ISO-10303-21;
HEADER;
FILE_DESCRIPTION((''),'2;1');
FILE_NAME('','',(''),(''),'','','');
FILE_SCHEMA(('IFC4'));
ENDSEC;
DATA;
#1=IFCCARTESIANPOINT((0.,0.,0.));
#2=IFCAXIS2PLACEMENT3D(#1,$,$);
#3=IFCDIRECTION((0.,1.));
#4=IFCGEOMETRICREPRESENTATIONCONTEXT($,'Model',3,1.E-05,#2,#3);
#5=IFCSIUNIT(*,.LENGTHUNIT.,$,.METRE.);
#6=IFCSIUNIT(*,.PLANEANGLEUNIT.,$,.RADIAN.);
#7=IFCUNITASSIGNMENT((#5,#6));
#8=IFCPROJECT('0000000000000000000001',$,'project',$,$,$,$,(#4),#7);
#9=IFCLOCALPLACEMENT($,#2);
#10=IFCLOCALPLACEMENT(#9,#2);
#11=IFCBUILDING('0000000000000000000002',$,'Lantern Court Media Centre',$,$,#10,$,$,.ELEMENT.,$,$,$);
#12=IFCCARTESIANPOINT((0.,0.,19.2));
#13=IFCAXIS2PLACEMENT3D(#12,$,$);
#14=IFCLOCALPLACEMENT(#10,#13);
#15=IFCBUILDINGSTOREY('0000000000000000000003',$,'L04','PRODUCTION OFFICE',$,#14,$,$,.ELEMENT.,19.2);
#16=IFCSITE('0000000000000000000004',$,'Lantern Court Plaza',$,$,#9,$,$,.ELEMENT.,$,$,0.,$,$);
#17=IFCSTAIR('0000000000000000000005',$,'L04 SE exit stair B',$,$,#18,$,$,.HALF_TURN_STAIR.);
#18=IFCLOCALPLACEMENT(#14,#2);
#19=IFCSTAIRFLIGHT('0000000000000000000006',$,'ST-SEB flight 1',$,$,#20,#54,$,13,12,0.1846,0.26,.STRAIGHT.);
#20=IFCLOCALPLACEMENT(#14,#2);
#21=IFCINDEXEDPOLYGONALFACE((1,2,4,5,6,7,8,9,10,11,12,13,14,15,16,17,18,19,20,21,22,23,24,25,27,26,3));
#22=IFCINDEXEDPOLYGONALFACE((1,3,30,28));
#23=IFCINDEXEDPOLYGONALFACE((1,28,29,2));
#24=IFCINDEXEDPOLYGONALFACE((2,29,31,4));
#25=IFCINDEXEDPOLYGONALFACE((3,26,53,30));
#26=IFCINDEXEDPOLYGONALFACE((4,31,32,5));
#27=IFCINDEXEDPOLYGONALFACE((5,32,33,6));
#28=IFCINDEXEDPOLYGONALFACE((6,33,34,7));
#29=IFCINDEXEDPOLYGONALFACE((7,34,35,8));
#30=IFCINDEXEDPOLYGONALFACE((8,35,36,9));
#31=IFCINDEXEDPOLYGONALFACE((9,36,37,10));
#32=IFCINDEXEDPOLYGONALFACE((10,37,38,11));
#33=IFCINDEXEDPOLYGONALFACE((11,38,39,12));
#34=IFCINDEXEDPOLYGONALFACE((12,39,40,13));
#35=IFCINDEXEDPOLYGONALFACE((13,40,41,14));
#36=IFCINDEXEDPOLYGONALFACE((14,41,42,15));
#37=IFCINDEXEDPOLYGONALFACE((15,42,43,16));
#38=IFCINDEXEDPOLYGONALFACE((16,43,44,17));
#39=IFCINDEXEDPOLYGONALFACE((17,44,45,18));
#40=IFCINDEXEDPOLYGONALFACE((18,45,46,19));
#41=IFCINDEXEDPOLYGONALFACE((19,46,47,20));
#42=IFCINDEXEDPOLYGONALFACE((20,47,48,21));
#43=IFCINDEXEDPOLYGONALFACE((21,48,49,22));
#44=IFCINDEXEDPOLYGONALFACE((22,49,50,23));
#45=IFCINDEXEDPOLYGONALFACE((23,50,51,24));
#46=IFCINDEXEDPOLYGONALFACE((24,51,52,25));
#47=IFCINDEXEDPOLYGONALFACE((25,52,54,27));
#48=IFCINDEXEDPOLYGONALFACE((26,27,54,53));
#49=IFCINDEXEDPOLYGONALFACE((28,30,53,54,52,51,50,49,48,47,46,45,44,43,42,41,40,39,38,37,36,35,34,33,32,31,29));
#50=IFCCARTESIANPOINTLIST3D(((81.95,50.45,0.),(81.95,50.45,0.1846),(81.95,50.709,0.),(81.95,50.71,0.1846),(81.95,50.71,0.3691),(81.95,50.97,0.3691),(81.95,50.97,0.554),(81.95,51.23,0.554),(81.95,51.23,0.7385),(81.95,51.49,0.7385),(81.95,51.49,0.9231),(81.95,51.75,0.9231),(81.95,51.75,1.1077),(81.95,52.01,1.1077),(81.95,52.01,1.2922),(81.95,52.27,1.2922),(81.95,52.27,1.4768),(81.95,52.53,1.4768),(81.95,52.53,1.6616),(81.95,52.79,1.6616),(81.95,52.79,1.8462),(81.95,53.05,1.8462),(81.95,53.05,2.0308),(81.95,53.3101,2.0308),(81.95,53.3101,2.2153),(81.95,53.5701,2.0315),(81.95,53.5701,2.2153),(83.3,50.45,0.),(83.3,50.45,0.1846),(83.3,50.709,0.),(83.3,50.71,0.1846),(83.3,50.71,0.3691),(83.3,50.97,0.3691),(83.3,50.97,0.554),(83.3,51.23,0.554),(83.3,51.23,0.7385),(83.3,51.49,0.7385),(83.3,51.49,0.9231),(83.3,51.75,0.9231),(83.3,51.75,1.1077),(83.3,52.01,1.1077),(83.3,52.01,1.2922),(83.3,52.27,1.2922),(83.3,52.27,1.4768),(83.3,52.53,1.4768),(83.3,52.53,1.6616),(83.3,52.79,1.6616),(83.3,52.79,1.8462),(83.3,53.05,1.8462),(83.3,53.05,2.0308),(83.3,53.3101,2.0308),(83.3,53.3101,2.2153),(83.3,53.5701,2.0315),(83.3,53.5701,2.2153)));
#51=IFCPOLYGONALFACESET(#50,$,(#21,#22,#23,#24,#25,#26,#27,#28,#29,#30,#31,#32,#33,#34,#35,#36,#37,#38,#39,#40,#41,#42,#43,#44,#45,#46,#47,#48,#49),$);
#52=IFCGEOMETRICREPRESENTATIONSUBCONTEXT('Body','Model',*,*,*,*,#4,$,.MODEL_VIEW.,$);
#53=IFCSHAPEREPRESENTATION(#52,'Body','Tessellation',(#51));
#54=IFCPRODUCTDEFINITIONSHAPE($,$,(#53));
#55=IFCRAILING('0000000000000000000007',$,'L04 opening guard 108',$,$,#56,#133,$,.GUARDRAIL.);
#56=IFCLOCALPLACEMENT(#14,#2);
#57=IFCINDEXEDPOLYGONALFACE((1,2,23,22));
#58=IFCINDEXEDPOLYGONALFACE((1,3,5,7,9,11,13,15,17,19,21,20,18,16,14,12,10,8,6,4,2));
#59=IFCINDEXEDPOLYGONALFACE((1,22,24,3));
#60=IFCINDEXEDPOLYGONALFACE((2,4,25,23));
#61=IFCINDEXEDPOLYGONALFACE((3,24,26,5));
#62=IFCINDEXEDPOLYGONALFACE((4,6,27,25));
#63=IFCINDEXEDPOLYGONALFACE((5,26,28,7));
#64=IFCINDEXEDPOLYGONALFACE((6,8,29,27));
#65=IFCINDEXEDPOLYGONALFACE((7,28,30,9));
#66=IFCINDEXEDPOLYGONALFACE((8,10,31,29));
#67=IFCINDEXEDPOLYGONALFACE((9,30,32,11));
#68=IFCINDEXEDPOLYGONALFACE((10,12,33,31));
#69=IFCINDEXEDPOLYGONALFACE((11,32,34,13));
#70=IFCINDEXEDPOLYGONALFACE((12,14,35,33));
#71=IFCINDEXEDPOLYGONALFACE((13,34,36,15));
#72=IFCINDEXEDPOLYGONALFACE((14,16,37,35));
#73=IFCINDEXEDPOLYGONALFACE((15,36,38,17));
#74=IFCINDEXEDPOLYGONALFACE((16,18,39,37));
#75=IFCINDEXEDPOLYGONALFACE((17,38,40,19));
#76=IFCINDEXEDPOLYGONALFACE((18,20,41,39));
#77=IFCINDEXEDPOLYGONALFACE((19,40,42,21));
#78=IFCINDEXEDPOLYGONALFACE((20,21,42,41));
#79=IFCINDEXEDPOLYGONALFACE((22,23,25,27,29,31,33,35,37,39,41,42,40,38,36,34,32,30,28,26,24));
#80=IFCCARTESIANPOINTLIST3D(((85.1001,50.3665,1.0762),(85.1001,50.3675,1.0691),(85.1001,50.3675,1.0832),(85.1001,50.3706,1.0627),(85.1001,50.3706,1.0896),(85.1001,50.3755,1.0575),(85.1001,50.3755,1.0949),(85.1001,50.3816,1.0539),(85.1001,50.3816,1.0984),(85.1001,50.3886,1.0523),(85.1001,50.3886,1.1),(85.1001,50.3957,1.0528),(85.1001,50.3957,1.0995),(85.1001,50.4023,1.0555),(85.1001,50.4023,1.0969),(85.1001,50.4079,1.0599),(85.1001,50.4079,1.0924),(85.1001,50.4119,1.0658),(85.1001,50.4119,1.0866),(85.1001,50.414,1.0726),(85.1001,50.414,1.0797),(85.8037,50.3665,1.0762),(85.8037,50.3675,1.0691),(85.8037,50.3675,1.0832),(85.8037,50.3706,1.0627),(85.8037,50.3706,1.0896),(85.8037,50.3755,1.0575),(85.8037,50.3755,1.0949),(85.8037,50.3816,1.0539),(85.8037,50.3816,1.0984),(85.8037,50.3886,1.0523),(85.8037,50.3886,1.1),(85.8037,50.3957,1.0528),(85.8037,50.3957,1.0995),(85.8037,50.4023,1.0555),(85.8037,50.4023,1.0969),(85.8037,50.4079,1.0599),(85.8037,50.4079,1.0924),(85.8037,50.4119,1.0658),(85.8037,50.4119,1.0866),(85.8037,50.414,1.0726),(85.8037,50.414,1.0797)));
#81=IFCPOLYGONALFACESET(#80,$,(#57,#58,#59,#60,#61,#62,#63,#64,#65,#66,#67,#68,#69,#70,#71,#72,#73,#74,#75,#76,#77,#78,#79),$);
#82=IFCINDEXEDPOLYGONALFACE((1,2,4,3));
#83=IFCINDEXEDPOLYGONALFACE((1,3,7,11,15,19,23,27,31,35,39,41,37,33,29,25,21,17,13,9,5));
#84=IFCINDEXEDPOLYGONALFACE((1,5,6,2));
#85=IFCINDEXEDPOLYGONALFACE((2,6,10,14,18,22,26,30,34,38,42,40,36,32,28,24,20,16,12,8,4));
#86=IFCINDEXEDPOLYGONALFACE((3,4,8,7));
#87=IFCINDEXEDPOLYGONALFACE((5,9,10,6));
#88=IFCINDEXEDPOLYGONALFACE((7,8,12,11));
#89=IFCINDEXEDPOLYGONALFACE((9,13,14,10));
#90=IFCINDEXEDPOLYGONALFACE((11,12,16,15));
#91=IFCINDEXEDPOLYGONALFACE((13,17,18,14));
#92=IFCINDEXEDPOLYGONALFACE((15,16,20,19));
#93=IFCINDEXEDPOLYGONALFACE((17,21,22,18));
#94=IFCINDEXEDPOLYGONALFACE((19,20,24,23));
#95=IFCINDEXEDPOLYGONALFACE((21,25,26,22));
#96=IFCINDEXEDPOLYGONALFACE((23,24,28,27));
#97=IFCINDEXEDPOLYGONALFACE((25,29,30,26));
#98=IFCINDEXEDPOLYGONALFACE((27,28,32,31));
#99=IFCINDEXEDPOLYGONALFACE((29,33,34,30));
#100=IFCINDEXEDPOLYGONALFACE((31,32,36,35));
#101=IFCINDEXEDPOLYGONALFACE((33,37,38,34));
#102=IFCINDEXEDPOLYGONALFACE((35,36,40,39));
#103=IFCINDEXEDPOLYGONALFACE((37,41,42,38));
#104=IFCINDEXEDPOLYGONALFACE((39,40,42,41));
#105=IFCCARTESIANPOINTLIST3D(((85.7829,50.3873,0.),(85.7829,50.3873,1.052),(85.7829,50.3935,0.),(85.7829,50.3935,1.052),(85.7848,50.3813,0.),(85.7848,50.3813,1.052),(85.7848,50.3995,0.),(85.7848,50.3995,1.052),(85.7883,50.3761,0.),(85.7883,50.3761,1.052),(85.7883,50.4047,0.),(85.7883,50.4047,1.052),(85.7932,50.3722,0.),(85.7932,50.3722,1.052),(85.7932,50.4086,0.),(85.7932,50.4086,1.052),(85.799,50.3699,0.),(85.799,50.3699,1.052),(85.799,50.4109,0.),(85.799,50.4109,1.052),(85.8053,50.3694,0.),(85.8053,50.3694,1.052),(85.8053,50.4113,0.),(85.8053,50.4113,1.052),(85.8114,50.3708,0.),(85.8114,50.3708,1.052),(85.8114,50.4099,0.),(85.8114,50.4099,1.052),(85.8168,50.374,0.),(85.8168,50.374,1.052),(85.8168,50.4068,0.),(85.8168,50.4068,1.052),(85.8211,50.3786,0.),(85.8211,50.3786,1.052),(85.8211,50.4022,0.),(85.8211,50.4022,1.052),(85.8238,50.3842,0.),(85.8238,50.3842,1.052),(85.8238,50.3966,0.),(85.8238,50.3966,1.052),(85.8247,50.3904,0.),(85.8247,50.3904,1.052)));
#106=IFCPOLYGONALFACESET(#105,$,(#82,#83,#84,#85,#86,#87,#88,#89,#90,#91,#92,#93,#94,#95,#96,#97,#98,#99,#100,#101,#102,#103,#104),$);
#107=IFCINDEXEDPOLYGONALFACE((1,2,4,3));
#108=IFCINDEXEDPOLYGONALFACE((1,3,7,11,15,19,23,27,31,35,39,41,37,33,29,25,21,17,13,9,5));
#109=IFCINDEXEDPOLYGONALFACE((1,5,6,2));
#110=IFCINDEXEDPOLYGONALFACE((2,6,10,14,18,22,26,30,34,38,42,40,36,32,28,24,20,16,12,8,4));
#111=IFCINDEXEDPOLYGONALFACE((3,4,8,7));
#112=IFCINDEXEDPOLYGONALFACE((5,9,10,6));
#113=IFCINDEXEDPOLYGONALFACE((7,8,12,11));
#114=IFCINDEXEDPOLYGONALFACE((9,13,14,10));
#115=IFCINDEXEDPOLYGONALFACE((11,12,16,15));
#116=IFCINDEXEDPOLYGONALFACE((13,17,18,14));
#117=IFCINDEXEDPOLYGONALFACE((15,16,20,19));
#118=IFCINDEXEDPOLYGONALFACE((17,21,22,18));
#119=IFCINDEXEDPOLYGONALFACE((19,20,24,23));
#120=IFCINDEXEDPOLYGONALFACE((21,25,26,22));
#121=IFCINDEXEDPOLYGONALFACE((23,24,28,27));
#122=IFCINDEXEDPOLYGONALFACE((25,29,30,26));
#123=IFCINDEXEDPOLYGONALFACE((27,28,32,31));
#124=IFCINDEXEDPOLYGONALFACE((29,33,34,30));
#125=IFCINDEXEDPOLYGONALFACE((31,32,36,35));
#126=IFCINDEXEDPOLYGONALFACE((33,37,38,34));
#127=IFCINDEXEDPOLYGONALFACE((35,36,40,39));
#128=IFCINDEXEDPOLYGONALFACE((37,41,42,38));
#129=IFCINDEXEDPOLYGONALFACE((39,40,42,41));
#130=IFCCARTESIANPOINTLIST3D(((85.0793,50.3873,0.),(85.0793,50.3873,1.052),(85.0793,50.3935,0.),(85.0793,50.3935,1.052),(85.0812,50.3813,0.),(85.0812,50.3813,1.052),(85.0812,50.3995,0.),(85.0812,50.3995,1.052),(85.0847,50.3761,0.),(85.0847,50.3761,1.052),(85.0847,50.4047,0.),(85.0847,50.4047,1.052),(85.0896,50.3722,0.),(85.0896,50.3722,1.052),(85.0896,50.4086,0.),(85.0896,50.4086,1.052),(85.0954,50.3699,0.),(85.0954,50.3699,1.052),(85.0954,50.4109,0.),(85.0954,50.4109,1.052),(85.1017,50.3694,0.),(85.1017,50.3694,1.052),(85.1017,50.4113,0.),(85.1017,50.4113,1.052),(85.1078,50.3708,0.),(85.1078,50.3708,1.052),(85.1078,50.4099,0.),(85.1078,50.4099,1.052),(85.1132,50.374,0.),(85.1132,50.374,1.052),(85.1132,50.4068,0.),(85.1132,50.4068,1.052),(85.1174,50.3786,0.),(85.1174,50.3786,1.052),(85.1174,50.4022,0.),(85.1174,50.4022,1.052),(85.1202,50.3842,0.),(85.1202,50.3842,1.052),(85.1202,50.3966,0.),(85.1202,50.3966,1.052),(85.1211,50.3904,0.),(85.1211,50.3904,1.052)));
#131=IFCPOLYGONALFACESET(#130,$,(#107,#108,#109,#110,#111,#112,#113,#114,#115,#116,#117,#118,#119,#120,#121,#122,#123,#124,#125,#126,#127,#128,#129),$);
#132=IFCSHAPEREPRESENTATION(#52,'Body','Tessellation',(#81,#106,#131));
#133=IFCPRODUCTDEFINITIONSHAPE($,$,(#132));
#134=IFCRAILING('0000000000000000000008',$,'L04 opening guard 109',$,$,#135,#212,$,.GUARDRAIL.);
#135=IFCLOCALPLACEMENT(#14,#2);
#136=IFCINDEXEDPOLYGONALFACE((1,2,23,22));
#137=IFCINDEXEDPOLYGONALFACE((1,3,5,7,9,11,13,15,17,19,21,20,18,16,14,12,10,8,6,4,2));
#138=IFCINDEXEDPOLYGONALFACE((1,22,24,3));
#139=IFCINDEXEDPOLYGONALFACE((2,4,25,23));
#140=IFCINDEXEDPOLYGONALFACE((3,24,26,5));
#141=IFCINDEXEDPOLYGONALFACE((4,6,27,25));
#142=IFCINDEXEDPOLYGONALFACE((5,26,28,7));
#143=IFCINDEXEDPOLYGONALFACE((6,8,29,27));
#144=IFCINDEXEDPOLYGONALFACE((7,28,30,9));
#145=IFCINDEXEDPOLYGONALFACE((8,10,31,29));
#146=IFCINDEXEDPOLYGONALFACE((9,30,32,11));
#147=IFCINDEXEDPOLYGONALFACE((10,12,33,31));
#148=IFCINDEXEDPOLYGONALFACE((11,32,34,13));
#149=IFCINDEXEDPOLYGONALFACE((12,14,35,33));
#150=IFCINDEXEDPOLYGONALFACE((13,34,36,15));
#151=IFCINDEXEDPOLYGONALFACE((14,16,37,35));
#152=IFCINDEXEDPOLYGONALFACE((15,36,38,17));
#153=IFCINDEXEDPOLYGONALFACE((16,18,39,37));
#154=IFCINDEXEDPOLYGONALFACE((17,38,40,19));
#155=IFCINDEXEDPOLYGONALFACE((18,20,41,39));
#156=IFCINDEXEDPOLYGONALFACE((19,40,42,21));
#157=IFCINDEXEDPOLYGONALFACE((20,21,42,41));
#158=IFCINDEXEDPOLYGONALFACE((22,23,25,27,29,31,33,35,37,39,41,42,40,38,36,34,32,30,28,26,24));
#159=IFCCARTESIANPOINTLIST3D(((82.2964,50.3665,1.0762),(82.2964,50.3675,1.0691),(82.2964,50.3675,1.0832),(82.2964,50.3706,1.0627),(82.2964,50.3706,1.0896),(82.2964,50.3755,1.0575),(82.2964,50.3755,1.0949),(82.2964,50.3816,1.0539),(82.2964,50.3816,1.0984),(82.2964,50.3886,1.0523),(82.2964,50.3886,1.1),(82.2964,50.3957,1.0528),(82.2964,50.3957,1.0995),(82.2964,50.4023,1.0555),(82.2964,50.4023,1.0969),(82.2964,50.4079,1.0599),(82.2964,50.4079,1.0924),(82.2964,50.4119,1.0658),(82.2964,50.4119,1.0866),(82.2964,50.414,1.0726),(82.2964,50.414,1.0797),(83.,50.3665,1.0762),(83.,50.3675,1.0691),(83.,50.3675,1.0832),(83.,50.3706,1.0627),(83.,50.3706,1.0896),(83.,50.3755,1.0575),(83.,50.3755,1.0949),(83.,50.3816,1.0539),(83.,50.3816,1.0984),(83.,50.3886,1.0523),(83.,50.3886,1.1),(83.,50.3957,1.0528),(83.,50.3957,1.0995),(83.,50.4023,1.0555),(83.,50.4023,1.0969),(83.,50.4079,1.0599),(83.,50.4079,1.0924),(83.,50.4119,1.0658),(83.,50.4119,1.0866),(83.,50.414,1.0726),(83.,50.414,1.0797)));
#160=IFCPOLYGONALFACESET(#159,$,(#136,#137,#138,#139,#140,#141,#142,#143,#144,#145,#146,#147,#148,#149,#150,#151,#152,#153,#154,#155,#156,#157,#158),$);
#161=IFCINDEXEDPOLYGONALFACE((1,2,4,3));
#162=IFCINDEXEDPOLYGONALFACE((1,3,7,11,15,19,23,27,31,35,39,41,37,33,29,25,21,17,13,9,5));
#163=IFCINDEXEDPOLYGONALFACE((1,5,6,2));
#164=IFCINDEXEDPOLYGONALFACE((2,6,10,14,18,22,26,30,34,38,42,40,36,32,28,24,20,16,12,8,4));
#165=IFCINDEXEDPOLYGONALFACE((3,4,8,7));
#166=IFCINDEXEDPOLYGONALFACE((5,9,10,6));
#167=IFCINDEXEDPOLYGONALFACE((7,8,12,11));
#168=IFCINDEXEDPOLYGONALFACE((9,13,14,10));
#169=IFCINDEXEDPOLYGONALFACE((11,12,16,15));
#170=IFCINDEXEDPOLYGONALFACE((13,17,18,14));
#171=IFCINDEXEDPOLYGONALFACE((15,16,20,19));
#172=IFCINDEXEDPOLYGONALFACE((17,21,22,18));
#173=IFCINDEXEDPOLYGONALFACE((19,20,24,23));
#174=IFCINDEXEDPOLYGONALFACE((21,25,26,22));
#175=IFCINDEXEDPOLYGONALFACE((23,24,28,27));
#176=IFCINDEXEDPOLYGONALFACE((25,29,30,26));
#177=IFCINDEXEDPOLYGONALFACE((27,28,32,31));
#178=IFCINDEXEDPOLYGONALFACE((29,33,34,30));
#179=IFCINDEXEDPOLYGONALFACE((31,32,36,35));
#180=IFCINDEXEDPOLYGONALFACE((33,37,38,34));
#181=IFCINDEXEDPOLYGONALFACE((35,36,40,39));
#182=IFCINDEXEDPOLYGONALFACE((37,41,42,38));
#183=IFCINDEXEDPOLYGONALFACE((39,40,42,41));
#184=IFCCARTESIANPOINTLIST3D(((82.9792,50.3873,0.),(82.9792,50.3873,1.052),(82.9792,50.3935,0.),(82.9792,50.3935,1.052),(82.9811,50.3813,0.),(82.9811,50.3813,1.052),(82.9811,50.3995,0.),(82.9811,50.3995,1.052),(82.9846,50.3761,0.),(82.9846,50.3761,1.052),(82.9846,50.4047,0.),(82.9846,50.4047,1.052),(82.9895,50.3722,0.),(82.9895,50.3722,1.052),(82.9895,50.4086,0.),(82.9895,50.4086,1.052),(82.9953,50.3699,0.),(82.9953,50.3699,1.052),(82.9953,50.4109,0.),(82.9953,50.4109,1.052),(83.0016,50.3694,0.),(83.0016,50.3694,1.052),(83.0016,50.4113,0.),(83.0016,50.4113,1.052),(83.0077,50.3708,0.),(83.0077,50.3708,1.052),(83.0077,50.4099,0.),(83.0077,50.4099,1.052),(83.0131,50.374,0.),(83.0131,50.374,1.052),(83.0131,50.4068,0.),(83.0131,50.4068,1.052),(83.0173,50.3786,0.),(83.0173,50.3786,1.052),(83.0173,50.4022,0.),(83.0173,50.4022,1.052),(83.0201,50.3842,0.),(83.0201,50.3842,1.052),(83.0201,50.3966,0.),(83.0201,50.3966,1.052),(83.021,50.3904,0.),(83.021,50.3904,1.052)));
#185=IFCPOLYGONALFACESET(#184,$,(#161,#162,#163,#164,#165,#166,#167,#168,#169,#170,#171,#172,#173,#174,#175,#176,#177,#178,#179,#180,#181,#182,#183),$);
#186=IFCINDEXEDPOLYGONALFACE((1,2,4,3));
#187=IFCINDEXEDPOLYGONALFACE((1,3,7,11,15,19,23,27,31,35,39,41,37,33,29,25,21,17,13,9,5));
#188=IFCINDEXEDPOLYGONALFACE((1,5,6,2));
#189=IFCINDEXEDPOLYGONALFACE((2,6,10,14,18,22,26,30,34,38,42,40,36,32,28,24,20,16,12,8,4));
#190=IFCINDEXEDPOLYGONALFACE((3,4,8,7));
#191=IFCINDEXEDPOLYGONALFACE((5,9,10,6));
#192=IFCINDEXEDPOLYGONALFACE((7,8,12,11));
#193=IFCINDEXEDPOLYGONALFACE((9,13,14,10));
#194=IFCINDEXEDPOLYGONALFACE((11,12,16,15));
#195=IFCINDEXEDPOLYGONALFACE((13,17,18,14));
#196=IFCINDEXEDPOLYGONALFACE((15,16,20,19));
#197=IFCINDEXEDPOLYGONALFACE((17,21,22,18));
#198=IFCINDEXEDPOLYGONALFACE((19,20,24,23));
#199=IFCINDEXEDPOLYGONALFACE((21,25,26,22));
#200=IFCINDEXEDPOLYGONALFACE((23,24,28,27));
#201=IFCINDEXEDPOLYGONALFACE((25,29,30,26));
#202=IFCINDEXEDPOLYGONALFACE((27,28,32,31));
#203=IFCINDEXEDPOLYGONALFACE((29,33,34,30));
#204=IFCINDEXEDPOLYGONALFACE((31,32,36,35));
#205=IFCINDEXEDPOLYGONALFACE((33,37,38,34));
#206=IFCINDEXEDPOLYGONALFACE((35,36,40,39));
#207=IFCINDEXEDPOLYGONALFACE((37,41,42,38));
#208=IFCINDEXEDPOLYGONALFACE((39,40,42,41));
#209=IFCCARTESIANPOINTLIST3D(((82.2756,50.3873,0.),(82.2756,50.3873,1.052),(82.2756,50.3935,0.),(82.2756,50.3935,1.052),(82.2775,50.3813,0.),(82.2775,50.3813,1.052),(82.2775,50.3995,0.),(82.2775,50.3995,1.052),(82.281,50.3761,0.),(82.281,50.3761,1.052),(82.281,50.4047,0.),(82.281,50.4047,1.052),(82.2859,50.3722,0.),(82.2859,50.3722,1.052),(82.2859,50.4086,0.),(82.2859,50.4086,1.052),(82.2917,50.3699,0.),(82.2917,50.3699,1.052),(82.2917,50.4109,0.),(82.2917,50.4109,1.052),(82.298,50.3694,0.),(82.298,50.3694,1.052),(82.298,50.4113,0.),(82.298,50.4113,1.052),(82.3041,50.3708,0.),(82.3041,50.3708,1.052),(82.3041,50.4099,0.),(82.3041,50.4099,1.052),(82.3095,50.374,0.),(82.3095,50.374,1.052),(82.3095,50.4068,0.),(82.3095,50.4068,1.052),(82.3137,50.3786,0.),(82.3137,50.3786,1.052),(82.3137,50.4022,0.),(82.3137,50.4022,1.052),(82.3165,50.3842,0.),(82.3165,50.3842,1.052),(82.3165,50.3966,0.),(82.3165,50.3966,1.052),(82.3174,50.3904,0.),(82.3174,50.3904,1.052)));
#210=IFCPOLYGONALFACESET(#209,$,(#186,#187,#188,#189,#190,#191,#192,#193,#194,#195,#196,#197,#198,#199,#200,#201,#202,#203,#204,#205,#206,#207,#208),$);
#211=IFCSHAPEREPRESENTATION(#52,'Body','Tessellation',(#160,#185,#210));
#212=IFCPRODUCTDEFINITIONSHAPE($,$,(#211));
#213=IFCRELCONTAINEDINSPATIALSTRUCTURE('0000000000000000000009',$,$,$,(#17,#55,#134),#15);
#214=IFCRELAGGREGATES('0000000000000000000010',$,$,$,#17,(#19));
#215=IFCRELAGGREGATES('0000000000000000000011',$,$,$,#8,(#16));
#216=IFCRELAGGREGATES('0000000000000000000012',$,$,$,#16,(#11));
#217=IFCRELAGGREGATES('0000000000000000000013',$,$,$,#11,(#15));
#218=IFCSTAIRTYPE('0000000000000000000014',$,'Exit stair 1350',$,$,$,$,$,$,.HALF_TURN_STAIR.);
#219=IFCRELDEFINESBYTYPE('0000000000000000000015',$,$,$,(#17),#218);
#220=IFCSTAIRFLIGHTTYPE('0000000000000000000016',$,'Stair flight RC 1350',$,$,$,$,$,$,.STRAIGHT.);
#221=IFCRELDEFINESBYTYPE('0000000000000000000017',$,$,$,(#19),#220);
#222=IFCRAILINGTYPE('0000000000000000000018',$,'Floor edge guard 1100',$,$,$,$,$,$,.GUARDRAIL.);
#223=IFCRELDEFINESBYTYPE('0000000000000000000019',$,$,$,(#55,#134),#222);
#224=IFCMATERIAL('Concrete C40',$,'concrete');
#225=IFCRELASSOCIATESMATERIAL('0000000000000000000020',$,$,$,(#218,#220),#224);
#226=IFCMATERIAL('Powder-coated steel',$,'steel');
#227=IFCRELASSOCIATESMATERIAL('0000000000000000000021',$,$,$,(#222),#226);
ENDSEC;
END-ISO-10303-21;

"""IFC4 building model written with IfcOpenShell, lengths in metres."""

from ifc_helpers import new_model, si_unit, direction, frame, origin, origin_2d, place, context, subcontext, project, spatial, polyline, circle, outline, extrude, material, type_object, element, aggregate, save


model = new_model("IFC4")

# Units and contexts
model_context = context("Model", 3, precision=1e-05, world=origin(), true_north=direction((0.0, 1.0)))
body_context = subcontext(model_context, "Body", "Model", "MODEL_VIEW")
ifc_project = project(units=[si_unit("LENGTHUNIT", "METRE"), si_unit("PLANEANGLEUNIT", "RADIAN")], contexts=[model_context])

# Site, building, storey
site_placement = place(None, origin())
site = spatial("IfcSite", under=ifc_project, at=site_placement, Name="Lantern Court Plaza", CompositionType="ELEMENT", RefElevation=0.0)
building_placement = place(site_placement, origin())
building = spatial("IfcBuilding", under=site, at=building_placement, Name="Lantern Court Media Centre", CompositionType="ELEMENT")
storey_placement = place(building_placement, frame((0.0, 0.0, 19.2)))
storey = spatial("IfcBuildingStorey", under=building, at=storey_placement, Name="L04", Description="PRODUCTION OFFICE", CompositionType="ELEMENT", Elevation=19.2)

# Shared definitions
ifc_material_1 = material(Name="Concrete C40", Category="concrete")

# Stair, stair flight
stair_type = type_object("IfcStairType", Name="Exit stair 1350", PredefinedType="HALF_TURN_STAIR", material=ifc_material_1)
stair_placement = place(storey_placement, origin())
stair = element("IfcStair", 1, at=stair_placement, inside=storey, type_object=stair_type, Name="L04 SE exit stair B", PredefinedType="HALF_TURN_STAIR")
stair_flight_type = type_object("IfcStairFlightType", Name="Stair flight RC 1350", PredefinedType="STRAIGHT", material=ifc_material_1)
stair_flight_placement = place(storey_placement, frame((82.625, 50.45, 0.0), z_axis=(0.0, 0.0, 1.0), x_axis=(0.0, 1.0, 0.0)))
stair_flight = element("IfcStairFlight", 2, at=stair_flight_placement, type_object=stair_flight_type, Name="ST-SEB flight 1", NumberOfRisers=13, NumberOfTreads=12, PredefinedType="STRAIGHT", RiserHeight=0.1846, TreadLength=0.26, context=body_context, shape_type="SweptSolid", body=[
    extrude(outline(polyline([(0.0, 0.0), (0.0, 0.1846), (0.26, 0.1846), (0.26, 0.3691), (0.52, 0.3691), (0.52, 0.554), (0.78, 0.554), (0.78, 0.7385), (1.04, 0.7385), (1.04, 0.9231), (1.3, 0.9231), (1.3, 1.1077), (1.5601, 1.1077), (1.5601, 1.2922), (1.8201, 1.2922), (1.8201, 1.4768), (2.0801, 1.4768), (2.0801, 1.6616), (2.3401, 1.6616), (2.3401, 1.8462), (2.6001, 1.8462), (2.6001, 2.0308), (2.8601, 2.0308), (2.8601, 2.2153), (3.1201, 2.2153), (3.1201, 2.3999), (3.1201, 2.0315), (0.259, 0.0), (0.0, 0.0)])), frame((0.0, 0.675, 0.0), z_axis=(0.0, -1.0, 0.0), x_axis=(1.0, 0.0, 0.0)), (0.0, 0.0, 1.0), 1.3501),
])
aggregate(stair, [stair_flight])

# Railings
ifc_material_2 = material(Name="Powder-coated steel", Category="steel")
railing_type_1 = type_object("IfcRailingType", Name="Floor edge guard 1100", PredefinedType="GUARDRAIL", material=ifc_material_2)
for number, where, name in (
    (3, (85.8037, 50.3904, 0.0), "L04 opening guard 108"),
    (4, (83.0, 50.3904, 0.0), "L04 opening guard 109"),
):
    element("IfcRailing", number, at=place(storey_placement, frame(where)), inside=storey, type_object=railing_type_1, Name=name, PredefinedType="GUARDRAIL", context=body_context, shape_type="SweptSolid", body=[
        extrude(circle(Radius=0.0239, at=origin_2d()), frame((0.0, 0.0, 1.0762), z_axis=(-1.0, 0.0, 0.0), x_axis=(0.0, -1.0, 0.0)), (0.0, 0.0, 1.0), 0.7036),
        extrude(circle(Radius=0.021, at=origin_2d()), origin(), (0.0, 0.0, 1.0), 1.052),
        extrude(circle(Radius=0.021, at=origin_2d()), frame((-0.7036, 0.0, 0.0)), (0.0, 0.0, 1.0), 1.052),
    ])

save(model, "model.ifc")
